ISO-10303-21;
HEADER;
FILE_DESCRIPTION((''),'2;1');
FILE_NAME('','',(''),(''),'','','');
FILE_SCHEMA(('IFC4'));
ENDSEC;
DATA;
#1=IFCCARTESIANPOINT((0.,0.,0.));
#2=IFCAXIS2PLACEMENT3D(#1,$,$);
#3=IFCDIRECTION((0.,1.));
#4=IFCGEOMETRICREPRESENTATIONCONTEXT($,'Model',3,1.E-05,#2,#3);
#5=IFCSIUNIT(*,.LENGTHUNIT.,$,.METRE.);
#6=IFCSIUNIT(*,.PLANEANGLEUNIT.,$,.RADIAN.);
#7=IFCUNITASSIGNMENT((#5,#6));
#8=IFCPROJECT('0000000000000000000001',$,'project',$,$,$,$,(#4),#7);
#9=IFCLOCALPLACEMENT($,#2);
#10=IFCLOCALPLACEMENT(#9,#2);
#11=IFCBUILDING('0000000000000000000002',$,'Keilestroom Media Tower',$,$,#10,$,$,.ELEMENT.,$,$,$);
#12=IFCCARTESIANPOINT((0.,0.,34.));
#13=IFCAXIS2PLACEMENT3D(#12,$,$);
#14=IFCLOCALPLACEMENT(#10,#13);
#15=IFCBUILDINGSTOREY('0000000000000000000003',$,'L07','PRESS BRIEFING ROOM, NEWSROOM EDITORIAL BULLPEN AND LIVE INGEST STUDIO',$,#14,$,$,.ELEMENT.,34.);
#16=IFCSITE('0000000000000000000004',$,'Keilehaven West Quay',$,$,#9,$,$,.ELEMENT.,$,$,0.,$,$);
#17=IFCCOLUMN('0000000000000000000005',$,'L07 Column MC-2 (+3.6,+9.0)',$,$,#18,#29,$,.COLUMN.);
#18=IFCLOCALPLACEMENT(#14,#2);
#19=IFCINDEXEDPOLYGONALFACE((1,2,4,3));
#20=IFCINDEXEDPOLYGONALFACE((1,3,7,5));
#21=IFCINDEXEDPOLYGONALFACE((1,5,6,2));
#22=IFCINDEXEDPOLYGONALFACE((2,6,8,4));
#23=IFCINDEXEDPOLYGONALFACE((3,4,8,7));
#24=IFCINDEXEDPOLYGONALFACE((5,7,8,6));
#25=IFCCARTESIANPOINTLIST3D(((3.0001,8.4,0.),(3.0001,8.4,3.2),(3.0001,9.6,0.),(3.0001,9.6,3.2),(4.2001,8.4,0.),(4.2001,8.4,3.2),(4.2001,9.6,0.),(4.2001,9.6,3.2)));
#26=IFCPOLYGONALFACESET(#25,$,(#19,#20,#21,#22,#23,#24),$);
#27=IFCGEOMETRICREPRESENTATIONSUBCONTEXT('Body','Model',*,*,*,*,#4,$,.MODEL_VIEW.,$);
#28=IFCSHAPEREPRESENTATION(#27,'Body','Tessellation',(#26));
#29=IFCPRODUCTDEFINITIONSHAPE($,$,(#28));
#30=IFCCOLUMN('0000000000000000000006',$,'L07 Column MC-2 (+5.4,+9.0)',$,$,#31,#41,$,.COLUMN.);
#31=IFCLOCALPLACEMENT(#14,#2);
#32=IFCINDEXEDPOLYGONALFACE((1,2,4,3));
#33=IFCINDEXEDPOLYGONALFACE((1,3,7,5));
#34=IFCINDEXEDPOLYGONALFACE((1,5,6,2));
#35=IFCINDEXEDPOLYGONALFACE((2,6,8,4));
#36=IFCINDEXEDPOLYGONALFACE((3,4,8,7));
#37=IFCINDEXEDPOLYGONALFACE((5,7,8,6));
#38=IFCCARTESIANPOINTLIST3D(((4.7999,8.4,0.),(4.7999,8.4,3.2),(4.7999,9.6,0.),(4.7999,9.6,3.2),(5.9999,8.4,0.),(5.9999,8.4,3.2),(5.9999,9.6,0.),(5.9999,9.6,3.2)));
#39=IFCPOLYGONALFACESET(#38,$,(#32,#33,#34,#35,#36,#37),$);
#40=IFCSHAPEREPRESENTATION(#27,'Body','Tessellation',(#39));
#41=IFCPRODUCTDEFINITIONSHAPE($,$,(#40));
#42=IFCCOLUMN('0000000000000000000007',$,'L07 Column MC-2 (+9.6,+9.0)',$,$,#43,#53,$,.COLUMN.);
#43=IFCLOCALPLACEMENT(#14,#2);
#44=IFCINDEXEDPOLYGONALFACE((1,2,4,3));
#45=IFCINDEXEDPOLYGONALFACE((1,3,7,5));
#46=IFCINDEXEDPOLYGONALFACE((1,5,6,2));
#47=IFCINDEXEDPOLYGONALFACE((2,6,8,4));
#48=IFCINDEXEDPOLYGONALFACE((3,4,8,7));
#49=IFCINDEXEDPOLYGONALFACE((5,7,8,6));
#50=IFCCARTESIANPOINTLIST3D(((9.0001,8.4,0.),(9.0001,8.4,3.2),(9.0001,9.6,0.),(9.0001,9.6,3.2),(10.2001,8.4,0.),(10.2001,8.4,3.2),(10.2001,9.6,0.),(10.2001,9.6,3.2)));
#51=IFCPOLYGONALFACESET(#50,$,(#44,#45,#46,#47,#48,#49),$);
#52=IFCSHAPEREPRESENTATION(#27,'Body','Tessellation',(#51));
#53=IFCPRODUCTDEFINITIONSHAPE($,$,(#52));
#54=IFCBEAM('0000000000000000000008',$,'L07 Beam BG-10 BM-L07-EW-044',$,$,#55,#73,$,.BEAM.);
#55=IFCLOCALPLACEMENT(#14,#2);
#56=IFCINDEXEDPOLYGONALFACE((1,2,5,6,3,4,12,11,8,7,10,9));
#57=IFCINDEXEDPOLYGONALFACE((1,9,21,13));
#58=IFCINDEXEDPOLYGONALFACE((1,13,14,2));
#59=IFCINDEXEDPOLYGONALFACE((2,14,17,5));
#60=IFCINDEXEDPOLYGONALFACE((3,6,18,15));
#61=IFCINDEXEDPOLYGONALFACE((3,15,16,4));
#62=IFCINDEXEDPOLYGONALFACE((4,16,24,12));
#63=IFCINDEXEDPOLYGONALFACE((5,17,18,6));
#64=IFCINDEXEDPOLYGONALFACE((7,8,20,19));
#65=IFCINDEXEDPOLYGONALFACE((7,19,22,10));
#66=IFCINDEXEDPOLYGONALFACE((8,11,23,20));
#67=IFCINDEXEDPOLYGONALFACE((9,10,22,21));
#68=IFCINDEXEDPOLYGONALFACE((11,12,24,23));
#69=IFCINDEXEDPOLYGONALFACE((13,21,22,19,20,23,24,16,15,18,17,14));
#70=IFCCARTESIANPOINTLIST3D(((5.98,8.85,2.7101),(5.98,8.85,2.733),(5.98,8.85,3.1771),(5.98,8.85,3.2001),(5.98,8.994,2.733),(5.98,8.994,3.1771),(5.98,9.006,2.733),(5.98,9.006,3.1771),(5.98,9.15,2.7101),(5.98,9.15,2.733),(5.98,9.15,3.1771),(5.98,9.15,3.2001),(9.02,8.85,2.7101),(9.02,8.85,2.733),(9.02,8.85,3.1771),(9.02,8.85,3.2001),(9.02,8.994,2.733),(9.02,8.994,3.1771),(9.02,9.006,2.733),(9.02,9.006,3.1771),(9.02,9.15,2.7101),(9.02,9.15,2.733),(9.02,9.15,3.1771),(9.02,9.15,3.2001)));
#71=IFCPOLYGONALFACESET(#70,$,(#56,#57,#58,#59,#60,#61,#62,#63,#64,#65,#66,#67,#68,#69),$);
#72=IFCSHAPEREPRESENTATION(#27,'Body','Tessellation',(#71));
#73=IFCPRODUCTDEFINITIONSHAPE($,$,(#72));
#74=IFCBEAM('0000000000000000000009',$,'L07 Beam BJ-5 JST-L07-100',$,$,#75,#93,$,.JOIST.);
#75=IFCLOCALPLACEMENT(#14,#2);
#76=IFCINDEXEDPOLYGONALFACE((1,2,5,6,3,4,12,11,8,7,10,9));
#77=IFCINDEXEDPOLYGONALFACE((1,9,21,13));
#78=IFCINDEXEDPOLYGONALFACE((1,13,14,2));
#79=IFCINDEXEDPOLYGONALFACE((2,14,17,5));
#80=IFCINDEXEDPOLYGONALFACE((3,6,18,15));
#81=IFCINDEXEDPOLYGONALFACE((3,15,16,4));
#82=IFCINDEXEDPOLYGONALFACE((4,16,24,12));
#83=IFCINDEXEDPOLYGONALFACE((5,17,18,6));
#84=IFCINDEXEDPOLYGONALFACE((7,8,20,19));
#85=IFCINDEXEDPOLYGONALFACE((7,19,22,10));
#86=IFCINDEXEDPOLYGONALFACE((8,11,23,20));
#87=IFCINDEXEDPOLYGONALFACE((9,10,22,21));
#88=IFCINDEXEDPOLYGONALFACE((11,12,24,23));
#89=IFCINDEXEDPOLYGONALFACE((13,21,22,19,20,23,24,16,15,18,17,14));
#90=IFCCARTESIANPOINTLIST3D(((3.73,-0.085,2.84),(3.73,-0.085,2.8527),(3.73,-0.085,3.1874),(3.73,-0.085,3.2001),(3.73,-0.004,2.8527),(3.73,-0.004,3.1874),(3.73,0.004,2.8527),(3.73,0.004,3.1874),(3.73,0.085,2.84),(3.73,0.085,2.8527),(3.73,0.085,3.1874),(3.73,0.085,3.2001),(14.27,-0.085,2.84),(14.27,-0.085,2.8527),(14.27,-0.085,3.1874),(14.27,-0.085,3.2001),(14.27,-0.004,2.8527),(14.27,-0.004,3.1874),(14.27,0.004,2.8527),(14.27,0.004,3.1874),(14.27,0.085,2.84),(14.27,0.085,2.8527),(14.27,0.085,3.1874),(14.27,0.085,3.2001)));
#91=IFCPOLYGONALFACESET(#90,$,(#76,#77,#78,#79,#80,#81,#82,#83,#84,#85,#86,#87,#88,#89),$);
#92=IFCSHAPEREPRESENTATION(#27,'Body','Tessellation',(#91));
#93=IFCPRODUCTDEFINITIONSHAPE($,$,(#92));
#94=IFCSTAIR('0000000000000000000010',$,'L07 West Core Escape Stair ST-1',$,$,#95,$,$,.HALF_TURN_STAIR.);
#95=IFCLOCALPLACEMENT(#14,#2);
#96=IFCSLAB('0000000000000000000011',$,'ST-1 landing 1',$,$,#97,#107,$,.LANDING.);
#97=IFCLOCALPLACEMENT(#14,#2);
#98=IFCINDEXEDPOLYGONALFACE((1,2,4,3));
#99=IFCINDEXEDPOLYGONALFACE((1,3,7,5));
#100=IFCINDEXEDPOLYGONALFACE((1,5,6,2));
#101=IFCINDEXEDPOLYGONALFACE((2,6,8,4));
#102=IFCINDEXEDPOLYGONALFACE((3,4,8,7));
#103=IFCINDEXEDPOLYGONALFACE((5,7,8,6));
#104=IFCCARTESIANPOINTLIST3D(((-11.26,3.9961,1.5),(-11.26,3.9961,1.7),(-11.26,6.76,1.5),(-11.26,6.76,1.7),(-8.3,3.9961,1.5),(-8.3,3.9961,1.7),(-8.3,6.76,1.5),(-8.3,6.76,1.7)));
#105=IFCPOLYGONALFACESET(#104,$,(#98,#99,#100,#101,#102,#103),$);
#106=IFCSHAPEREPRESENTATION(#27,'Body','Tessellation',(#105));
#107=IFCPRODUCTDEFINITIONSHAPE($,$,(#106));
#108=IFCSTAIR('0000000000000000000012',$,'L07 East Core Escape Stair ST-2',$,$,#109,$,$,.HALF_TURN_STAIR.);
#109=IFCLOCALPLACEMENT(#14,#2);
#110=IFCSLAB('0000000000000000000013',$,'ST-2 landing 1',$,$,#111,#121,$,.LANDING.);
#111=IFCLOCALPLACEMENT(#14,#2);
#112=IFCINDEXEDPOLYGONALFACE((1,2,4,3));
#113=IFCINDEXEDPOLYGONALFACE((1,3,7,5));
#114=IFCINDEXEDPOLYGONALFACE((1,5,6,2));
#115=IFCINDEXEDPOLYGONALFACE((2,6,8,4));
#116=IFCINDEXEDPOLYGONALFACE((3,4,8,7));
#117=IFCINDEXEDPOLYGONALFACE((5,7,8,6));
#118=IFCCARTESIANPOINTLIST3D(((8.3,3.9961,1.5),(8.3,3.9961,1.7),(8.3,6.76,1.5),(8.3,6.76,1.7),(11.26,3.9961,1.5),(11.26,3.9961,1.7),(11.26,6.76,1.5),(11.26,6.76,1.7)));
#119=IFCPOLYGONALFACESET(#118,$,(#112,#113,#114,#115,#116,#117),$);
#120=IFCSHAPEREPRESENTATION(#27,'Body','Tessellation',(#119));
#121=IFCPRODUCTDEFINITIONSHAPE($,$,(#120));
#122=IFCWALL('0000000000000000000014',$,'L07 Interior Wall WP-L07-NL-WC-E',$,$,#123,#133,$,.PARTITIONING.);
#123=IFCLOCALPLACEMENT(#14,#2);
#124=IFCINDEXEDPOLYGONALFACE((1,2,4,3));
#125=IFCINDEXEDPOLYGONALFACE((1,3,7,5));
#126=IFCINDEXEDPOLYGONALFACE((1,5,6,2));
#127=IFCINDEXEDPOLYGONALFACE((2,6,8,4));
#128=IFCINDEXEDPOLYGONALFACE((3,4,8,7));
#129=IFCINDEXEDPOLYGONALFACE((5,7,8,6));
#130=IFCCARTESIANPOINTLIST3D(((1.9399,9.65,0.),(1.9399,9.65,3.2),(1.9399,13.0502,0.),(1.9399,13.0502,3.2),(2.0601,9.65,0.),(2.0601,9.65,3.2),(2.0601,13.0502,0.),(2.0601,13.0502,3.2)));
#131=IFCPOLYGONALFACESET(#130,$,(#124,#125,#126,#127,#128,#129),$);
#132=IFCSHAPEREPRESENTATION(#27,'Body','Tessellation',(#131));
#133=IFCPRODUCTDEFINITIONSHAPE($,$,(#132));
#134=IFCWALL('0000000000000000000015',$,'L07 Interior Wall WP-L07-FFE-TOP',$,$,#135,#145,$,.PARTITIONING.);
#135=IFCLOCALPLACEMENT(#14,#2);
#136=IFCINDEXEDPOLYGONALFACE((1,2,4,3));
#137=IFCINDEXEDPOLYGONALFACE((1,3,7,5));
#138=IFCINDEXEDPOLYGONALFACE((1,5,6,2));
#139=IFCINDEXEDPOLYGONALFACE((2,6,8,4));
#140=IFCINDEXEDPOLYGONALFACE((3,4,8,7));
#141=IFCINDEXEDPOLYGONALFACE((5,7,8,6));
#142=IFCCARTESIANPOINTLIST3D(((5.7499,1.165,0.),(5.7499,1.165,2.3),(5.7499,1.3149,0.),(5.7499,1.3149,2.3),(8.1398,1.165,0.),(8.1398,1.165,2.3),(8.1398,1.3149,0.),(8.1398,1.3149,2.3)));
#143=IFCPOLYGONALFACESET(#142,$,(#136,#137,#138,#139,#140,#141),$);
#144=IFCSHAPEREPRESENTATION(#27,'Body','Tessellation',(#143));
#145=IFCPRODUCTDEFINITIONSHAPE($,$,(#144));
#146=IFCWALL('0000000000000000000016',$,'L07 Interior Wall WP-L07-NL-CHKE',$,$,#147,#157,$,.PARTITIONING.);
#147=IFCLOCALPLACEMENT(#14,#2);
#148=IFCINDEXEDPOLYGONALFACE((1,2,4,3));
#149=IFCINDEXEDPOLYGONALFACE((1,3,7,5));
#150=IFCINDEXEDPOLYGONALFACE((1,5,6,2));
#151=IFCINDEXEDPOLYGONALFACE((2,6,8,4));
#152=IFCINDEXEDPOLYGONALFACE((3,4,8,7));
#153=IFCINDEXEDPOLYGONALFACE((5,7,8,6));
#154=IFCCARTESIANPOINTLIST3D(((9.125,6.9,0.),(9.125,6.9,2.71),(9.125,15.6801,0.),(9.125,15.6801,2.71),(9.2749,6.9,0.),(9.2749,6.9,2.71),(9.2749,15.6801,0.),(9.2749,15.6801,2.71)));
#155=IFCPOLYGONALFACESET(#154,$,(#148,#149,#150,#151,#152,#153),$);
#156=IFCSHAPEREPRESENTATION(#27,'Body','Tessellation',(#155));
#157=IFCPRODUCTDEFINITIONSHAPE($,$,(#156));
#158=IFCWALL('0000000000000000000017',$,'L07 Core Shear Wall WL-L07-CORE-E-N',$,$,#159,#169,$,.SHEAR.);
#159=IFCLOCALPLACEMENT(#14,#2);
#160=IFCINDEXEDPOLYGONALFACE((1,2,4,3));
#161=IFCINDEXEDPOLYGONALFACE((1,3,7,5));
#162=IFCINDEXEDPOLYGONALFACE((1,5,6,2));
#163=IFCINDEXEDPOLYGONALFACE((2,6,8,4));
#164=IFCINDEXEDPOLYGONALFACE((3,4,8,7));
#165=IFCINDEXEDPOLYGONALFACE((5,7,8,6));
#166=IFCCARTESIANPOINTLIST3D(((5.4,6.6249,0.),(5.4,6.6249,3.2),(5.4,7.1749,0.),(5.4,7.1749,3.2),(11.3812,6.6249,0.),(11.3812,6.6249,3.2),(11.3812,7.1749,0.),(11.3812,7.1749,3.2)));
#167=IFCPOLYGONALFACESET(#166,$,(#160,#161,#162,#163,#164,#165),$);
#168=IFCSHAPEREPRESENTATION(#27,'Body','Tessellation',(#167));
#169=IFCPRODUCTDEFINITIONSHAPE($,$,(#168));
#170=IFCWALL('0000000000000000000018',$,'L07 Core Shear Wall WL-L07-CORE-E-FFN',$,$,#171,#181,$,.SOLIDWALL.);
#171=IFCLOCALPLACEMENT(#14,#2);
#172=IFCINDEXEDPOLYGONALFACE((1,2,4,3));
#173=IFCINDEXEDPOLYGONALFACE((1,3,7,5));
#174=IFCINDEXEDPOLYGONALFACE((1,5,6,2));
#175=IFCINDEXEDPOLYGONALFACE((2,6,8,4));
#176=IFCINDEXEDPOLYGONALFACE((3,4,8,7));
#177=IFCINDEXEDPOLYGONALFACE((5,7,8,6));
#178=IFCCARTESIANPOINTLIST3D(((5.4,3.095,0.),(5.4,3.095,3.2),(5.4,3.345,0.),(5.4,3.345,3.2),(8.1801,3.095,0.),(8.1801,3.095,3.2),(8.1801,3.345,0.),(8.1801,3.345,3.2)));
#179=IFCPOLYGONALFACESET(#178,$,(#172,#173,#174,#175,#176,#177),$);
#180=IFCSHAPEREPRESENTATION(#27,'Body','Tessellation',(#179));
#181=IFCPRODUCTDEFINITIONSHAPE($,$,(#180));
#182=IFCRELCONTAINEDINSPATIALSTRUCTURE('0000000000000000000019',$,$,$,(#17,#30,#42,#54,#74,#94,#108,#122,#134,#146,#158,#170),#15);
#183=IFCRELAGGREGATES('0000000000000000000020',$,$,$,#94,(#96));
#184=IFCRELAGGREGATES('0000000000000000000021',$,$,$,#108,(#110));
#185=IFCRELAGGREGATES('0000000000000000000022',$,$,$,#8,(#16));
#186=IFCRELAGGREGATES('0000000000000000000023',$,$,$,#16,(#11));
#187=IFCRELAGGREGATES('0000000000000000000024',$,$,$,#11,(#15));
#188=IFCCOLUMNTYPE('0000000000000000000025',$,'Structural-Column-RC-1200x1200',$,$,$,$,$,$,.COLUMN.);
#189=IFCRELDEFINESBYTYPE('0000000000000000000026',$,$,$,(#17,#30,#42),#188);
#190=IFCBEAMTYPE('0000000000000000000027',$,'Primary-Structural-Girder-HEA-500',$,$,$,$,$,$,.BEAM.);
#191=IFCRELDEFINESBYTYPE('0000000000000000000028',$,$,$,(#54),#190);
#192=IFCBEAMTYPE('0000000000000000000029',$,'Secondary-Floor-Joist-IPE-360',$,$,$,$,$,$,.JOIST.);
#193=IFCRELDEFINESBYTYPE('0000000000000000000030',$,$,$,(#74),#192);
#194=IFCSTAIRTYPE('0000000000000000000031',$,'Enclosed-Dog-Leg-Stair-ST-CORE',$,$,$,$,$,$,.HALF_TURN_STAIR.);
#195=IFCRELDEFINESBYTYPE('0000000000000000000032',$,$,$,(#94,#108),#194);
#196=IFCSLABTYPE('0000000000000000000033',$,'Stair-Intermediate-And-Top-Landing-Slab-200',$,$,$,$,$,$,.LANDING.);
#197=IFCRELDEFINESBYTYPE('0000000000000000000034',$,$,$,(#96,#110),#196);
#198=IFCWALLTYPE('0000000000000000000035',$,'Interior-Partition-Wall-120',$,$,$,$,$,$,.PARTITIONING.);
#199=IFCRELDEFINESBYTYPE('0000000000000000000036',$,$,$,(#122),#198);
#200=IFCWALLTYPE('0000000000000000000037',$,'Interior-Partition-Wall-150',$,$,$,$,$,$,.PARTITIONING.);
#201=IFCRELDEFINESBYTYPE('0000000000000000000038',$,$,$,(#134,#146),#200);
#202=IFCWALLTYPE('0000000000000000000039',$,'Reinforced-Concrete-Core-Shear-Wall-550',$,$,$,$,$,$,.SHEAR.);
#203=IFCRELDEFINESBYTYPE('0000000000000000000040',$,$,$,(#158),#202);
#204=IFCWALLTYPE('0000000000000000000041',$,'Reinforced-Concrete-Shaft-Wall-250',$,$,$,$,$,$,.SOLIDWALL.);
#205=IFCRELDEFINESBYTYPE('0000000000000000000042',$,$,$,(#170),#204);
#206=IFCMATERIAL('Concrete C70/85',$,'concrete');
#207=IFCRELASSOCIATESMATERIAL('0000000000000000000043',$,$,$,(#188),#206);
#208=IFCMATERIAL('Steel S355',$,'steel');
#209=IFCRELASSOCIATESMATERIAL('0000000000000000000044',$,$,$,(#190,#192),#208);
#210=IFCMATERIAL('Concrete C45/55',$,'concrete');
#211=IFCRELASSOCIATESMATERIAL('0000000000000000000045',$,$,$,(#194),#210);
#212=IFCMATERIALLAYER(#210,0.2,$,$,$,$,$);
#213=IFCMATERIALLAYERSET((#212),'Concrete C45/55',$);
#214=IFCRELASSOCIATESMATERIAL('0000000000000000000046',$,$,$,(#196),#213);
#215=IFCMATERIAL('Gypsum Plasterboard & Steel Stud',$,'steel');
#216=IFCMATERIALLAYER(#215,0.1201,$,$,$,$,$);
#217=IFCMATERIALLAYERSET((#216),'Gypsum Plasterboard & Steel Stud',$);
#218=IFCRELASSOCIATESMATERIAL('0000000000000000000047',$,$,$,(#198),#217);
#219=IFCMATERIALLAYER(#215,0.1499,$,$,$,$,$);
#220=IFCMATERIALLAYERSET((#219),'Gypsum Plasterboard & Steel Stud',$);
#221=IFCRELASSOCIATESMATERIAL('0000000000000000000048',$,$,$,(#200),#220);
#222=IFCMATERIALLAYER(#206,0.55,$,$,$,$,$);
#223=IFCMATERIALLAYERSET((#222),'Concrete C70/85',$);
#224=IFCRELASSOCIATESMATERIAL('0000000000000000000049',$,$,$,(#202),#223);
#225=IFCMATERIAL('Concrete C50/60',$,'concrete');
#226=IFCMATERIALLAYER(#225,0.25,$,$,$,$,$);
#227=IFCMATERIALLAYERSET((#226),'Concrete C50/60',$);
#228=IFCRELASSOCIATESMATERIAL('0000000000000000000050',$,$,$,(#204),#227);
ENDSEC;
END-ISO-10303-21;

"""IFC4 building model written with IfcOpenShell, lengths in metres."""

from ifc_helpers import new_model, si_unit, direction, frame, frame_2d, origin, origin_2d, place, context, subcontext, project, spatial, polyline, rectangle, i_section, outline, extrude, source, transform, mapped, material, layer, layer_set, material_profile, profile_set, type_object, element, aggregate, save


model = new_model("IFC4")

# Units and contexts
model_context = context("Model", 3, precision=1e-05, world=origin(), true_north=direction((0.0, 1.0)))
body_context = subcontext(model_context, "Body", "Model", "MODEL_VIEW")
ifc_project = project(units=[si_unit("LENGTHUNIT", "METRE"), si_unit("PLANEANGLEUNIT", "RADIAN")], contexts=[model_context])

# Site, building, storey
site_placement = place(None, origin())
site = spatial("IfcSite", under=ifc_project, at=site_placement, Name="Keilehaven West Quay", CompositionType="ELEMENT", RefElevation=0.0)
building_placement = place(site_placement, origin())
building = spatial("IfcBuilding", under=site, at=building_placement, Name="Keilestroom Media Tower", CompositionType="ELEMENT")
storey_placement = place(building_placement, frame((0.0, 0.0, 34.0)))
storey = spatial("IfcBuildingStorey", under=building, at=storey_placement, Name="L07", Description="PRESS BRIEFING ROOM, NEWSROOM EDITORIAL BULLPEN AND LIVE INGEST STUDIO", CompositionType="ELEMENT", Elevation=34.0)

# Columns
ifc_material_1 = material(Name="Concrete C70/85", Category="concrete")
ifc_material_profile_1 = material_profile(ifc_material_1, rectangle(XDim=1.2, YDim=1.2, at=origin_2d()), Name="RC 1200x1200")
ifc_profile_set_1 = profile_set([ifc_material_profile_1], Name="Concrete C70/85")
column_type = type_object("IfcColumnType", Name="Structural-Column-RC-1200x1200", PredefinedType="COLUMN", material=ifc_profile_set_1)
shared_shape_1 = source(origin(), body_context, "Body", "SweptSolid", [
    extrude(rectangle(XDim=1.2, YDim=1.2, at=origin_2d()), origin(), (0.0, 0.0, 1.0), 3.2),
])
for number, where, z_axis, x_axis, name in (
    (1, (3.6001, 9.0, 0.0), (0.0, 0.0, 1.0), (1.0, 0.0, 0.0), "L07 Column MC-2 (+3.6,+9.0)"),
    (2, (5.3999, 9.0, 0.0), (0.0, 0.0, 1.0), (1.0, 0.0, 0.0), "L07 Column MC-2 (+5.4,+9.0)"),
    (3, (9.6001, 9.0, 0.0), (0.0, 0.0, 1.0), (1.0, 0.0, 0.0), "L07 Column MC-2 (+9.6,+9.0)"),
):
    element("IfcColumn", number, at=place(storey_placement, frame(where, z_axis=z_axis, x_axis=x_axis)), inside=storey, type_object=column_type, Name=name, PredefinedType="COLUMN", context=body_context, shape_type="MappedRepresentation", body=[
        mapped(shared_shape_1, transform((0.0, 0.0, 0.0), x_axis=(1.0, 0.0, 0.0), y_axis=(0.0, 1.0, 0.0), z_axis=(0.0, 0.0, 1.0), scale=1.0)),
    ])

# Beams
ifc_material_2 = material(Name="Steel S355", Category="steel")
ifc_material_profile_2 = material_profile(ifc_material_2, i_section(OverallWidth=0.3, OverallDepth=0.49, WebThickness=0.012, FlangeThickness=0.0229, at=origin_2d()), Name="HEA 500")
ifc_profile_set_2 = profile_set([ifc_material_profile_2], Name="Steel S355")
beam_type_1 = type_object("IfcBeamType", Name="Primary-Structural-Girder-HEA-500", PredefinedType="BEAM", material=ifc_profile_set_2)
shared_shape_2 = source(origin(), body_context, "Body", "SweptSolid", [
    extrude(i_section(OverallWidth=0.3, OverallDepth=0.49, WebThickness=0.012, FlangeThickness=0.0229, at=origin_2d()), origin(), (0.0, 0.0, 1.0), 3.04),
])
beam_1_placement = place(storey_placement, frame((5.98, 9.0, 2.9551), z_axis=(1.0, 0.0, 0.0), x_axis=(0.0, 1.0, 0.0)))
element("IfcBeam", 4, at=beam_1_placement, inside=storey, type_object=beam_type_1, Name="L07 Beam BG-10 BM-L07-EW-044", PredefinedType="BEAM", context=body_context, shape_type="MappedRepresentation", body=[
    mapped(shared_shape_2, transform((0.0, 0.0, 0.0), x_axis=(1.0, 0.0, 0.0), y_axis=(0.0, 1.0, 0.0), z_axis=(0.0, 0.0, 1.0), scale=1.0)),
])
ifc_material_profile_3 = material_profile(ifc_material_2, i_section(OverallWidth=0.1699, OverallDepth=0.3601, WebThickness=0.0081, FlangeThickness=0.0127, at=origin_2d()), Name="IPE 360")
ifc_profile_set_3 = profile_set([ifc_material_profile_3], Name="Steel S355")
beam_type_2 = type_object("IfcBeamType", Name="Secondary-Floor-Joist-IPE-360", PredefinedType="JOIST", material=ifc_profile_set_3)
shared_shape_3 = source(origin(), body_context, "Body", "SweptSolid", [
    extrude(i_section(OverallWidth=0.1699, OverallDepth=0.3601, WebThickness=0.0081, FlangeThickness=0.0127, at=origin_2d()), origin(), (0.0, 0.0, 1.0), 10.54),
])
beam_2_placement = place(storey_placement, frame((3.73, 0.0, 3.02), z_axis=(1.0, 0.0, 0.0), x_axis=(0.0, 1.0, 0.0)))
element("IfcBeam", 5, at=beam_2_placement, inside=storey, type_object=beam_type_2, Name="L07 Beam BJ-5 JST-L07-100", PredefinedType="JOIST", context=body_context, shape_type="MappedRepresentation", body=[
    mapped(shared_shape_3, transform((0.0, 0.0, 0.0), x_axis=(1.0, 0.0, 0.0), y_axis=(0.0, 1.0, 0.0), z_axis=(0.0, 0.0, 1.0), scale=1.0)),
])

# Stairs, slabs
ifc_material_3 = material(Name="Concrete C45/55", Category="concrete")
stair_type = type_object("IfcStairType", Name="Enclosed-Dog-Leg-Stair-ST-CORE", PredefinedType="HALF_TURN_STAIR", material=ifc_material_3)
stair_1_placement = place(storey_placement, origin())
stair_1 = element("IfcStair", 6, at=stair_1_placement, inside=storey, type_object=stair_type, Name="L07 West Core Escape Stair ST-1", PredefinedType="HALF_TURN_STAIR")
ifc_layer_1 = layer(ifc_material_3, 0.2)
ifc_layer_set_1 = layer_set([ifc_layer_1], Name="Concrete C45/55")
slab_type = type_object("IfcSlabType", Name="Stair-Intermediate-And-Top-Landing-Slab-200", PredefinedType="LANDING", material=ifc_layer_set_1)
slab_1_placement = place(storey_placement, frame((0.0, 0.0, 1.5)))
slab_1 = element("IfcSlab", 7, at=slab_1_placement, type_object=slab_type, Name="ST-1 landing 1", PredefinedType="LANDING", context=body_context, shape_type="SweptSolid", body=[
    extrude(outline(polyline([(-8.3, 3.9961), (-8.3, 6.76), (-11.26, 6.76), (-11.26, 3.9961), (-8.3, 3.9961)])), origin(), (0.0, 0.0, 1.0), 0.2),
])
aggregate(stair_1, [slab_1])
stair_2_placement = place(storey_placement, origin())
stair_2 = element("IfcStair", 8, at=stair_2_placement, inside=storey, type_object=stair_type, Name="L07 East Core Escape Stair ST-2", PredefinedType="HALF_TURN_STAIR")
slab_2_placement = place(storey_placement, frame((0.0, 0.0, 1.5)))
slab_2 = element("IfcSlab", 9, at=slab_2_placement, type_object=slab_type, Name="ST-2 landing 1", PredefinedType="LANDING", context=body_context, shape_type="SweptSolid", body=[
    extrude(outline(polyline([(11.26, 3.9961), (11.26, 6.76), (8.3, 6.76), (8.3, 3.9961), (11.26, 3.9961)])), origin(), (0.0, 0.0, 1.0), 0.2),
])

# Walls
ifc_material_4 = material(Name="Gypsum Plasterboard & Steel Stud", Category="steel")
ifc_layer_2 = layer(ifc_material_4, 0.1201)
ifc_layer_set_2 = layer_set([ifc_layer_2], Name="Gypsum Plasterboard & Steel Stud")
wall_type_1 = type_object("IfcWallType", Name="Interior-Partition-Wall-120", PredefinedType="PARTITIONING", material=ifc_layer_set_2)
wall_1_placement = place(storey_placement, frame((2.0, 9.6499, 0.0), z_axis=(0.0, 0.0, 1.0), x_axis=(0.0, 1.0, 0.0)))
element("IfcWall", 10, at=wall_1_placement, inside=storey, type_object=wall_type_1, Name="L07 Interior Wall WP-L07-NL-WC-E", PredefinedType="PARTITIONING", context=body_context, shape_type="SweptSolid", body=[
    extrude(rectangle(XDim=3.4001, YDim=0.1201, at=frame_2d((1.7002, 0.0))), origin(), (0.0, 0.0, 1.0), 3.2),
])
ifc_layer_3 = layer(ifc_material_4, 0.1499)
ifc_layer_set_3 = layer_set([ifc_layer_3], Name="Gypsum Plasterboard & Steel Stud")
wall_type_2 = type_object("IfcWallType", Name="Interior-Partition-Wall-150", PredefinedType="PARTITIONING", material=ifc_layer_set_3)
wall_2_placement = place(storey_placement, frame((5.75, 1.24, 0.0), z_axis=(0.0, 0.0, 1.0), x_axis=(1.0, 0.0, 0.0)))
element("IfcWall", 11, at=wall_2_placement, inside=storey, type_object=wall_type_2, Name="L07 Interior Wall WP-L07-FFE-TOP", PredefinedType="PARTITIONING", context=body_context, shape_type="SweptSolid", body=[
    extrude(rectangle(XDim=2.3899, YDim=0.1499, at=frame_2d((1.1948, 0.0))), origin(), (0.0, 0.0, 1.0), 2.3),
])
wall_3_placement = place(storey_placement, frame((9.2, 6.8999, 0.0), z_axis=(0.0, 0.0, 1.0), x_axis=(0.0, 1.0, 0.0)))
element("IfcWall", 12, at=wall_3_placement, inside=storey, type_object=wall_type_2, Name="L07 Interior Wall WP-L07-NL-CHKE", PredefinedType="PARTITIONING", context=body_context, shape_type="SweptSolid", body=[
    extrude(rectangle(XDim=8.78, YDim=0.1499, at=frame_2d((4.3901, 0.0))), origin(), (0.0, 0.0, 1.0), 2.71),
])
ifc_layer_4 = layer(ifc_material_1, 0.55)
ifc_layer_set_4 = layer_set([ifc_layer_4], Name="Concrete C70/85")
wall_type_3 = type_object("IfcWallType", Name="Reinforced-Concrete-Core-Shear-Wall-550", PredefinedType="SHEAR", material=ifc_layer_set_4)
wall_4_placement = place(storey_placement, frame((5.3999, 6.8999, 0.0), z_axis=(0.0, 0.0, 1.0), x_axis=(1.0, 0.0, 0.0)))
element("IfcWall", 13, at=wall_4_placement, inside=storey, type_object=wall_type_3, Name="L07 Core Shear Wall WL-L07-CORE-E-N", PredefinedType="SHEAR", context=body_context, shape_type="SweptSolid", body=[
    extrude(rectangle(XDim=5.9812, YDim=0.55, at=frame_2d((2.9907, 0.0))), origin(), (0.0, 0.0, 1.0), 3.2),
])
ifc_material_5 = material(Name="Concrete C50/60", Category="concrete")
ifc_layer_5 = layer(ifc_material_5, 0.25)
ifc_layer_set_5 = layer_set([ifc_layer_5], Name="Concrete C50/60")
wall_type_4 = type_object("IfcWallType", Name="Reinforced-Concrete-Shaft-Wall-250", PredefinedType="SOLIDWALL", material=ifc_layer_set_5)
wall_5_placement = place(storey_placement, frame((5.3999, 3.22, 0.0), z_axis=(0.0, 0.0, 1.0), x_axis=(1.0, 0.0, 0.0)))
element("IfcWall", 14, at=wall_5_placement, inside=storey, type_object=wall_type_4, Name="L07 Core Shear Wall WL-L07-CORE-E-FFN", PredefinedType="SOLIDWALL", context=body_context, shape_type="SweptSolid", body=[
    extrude(rectangle(XDim=2.78, YDim=0.25, at=frame_2d((1.3901, 0.0))), origin(), (0.0, 0.0, 1.0), 3.2),
])

aggregate(stair_2, [slab_2])

save(model, "model.ifc")
